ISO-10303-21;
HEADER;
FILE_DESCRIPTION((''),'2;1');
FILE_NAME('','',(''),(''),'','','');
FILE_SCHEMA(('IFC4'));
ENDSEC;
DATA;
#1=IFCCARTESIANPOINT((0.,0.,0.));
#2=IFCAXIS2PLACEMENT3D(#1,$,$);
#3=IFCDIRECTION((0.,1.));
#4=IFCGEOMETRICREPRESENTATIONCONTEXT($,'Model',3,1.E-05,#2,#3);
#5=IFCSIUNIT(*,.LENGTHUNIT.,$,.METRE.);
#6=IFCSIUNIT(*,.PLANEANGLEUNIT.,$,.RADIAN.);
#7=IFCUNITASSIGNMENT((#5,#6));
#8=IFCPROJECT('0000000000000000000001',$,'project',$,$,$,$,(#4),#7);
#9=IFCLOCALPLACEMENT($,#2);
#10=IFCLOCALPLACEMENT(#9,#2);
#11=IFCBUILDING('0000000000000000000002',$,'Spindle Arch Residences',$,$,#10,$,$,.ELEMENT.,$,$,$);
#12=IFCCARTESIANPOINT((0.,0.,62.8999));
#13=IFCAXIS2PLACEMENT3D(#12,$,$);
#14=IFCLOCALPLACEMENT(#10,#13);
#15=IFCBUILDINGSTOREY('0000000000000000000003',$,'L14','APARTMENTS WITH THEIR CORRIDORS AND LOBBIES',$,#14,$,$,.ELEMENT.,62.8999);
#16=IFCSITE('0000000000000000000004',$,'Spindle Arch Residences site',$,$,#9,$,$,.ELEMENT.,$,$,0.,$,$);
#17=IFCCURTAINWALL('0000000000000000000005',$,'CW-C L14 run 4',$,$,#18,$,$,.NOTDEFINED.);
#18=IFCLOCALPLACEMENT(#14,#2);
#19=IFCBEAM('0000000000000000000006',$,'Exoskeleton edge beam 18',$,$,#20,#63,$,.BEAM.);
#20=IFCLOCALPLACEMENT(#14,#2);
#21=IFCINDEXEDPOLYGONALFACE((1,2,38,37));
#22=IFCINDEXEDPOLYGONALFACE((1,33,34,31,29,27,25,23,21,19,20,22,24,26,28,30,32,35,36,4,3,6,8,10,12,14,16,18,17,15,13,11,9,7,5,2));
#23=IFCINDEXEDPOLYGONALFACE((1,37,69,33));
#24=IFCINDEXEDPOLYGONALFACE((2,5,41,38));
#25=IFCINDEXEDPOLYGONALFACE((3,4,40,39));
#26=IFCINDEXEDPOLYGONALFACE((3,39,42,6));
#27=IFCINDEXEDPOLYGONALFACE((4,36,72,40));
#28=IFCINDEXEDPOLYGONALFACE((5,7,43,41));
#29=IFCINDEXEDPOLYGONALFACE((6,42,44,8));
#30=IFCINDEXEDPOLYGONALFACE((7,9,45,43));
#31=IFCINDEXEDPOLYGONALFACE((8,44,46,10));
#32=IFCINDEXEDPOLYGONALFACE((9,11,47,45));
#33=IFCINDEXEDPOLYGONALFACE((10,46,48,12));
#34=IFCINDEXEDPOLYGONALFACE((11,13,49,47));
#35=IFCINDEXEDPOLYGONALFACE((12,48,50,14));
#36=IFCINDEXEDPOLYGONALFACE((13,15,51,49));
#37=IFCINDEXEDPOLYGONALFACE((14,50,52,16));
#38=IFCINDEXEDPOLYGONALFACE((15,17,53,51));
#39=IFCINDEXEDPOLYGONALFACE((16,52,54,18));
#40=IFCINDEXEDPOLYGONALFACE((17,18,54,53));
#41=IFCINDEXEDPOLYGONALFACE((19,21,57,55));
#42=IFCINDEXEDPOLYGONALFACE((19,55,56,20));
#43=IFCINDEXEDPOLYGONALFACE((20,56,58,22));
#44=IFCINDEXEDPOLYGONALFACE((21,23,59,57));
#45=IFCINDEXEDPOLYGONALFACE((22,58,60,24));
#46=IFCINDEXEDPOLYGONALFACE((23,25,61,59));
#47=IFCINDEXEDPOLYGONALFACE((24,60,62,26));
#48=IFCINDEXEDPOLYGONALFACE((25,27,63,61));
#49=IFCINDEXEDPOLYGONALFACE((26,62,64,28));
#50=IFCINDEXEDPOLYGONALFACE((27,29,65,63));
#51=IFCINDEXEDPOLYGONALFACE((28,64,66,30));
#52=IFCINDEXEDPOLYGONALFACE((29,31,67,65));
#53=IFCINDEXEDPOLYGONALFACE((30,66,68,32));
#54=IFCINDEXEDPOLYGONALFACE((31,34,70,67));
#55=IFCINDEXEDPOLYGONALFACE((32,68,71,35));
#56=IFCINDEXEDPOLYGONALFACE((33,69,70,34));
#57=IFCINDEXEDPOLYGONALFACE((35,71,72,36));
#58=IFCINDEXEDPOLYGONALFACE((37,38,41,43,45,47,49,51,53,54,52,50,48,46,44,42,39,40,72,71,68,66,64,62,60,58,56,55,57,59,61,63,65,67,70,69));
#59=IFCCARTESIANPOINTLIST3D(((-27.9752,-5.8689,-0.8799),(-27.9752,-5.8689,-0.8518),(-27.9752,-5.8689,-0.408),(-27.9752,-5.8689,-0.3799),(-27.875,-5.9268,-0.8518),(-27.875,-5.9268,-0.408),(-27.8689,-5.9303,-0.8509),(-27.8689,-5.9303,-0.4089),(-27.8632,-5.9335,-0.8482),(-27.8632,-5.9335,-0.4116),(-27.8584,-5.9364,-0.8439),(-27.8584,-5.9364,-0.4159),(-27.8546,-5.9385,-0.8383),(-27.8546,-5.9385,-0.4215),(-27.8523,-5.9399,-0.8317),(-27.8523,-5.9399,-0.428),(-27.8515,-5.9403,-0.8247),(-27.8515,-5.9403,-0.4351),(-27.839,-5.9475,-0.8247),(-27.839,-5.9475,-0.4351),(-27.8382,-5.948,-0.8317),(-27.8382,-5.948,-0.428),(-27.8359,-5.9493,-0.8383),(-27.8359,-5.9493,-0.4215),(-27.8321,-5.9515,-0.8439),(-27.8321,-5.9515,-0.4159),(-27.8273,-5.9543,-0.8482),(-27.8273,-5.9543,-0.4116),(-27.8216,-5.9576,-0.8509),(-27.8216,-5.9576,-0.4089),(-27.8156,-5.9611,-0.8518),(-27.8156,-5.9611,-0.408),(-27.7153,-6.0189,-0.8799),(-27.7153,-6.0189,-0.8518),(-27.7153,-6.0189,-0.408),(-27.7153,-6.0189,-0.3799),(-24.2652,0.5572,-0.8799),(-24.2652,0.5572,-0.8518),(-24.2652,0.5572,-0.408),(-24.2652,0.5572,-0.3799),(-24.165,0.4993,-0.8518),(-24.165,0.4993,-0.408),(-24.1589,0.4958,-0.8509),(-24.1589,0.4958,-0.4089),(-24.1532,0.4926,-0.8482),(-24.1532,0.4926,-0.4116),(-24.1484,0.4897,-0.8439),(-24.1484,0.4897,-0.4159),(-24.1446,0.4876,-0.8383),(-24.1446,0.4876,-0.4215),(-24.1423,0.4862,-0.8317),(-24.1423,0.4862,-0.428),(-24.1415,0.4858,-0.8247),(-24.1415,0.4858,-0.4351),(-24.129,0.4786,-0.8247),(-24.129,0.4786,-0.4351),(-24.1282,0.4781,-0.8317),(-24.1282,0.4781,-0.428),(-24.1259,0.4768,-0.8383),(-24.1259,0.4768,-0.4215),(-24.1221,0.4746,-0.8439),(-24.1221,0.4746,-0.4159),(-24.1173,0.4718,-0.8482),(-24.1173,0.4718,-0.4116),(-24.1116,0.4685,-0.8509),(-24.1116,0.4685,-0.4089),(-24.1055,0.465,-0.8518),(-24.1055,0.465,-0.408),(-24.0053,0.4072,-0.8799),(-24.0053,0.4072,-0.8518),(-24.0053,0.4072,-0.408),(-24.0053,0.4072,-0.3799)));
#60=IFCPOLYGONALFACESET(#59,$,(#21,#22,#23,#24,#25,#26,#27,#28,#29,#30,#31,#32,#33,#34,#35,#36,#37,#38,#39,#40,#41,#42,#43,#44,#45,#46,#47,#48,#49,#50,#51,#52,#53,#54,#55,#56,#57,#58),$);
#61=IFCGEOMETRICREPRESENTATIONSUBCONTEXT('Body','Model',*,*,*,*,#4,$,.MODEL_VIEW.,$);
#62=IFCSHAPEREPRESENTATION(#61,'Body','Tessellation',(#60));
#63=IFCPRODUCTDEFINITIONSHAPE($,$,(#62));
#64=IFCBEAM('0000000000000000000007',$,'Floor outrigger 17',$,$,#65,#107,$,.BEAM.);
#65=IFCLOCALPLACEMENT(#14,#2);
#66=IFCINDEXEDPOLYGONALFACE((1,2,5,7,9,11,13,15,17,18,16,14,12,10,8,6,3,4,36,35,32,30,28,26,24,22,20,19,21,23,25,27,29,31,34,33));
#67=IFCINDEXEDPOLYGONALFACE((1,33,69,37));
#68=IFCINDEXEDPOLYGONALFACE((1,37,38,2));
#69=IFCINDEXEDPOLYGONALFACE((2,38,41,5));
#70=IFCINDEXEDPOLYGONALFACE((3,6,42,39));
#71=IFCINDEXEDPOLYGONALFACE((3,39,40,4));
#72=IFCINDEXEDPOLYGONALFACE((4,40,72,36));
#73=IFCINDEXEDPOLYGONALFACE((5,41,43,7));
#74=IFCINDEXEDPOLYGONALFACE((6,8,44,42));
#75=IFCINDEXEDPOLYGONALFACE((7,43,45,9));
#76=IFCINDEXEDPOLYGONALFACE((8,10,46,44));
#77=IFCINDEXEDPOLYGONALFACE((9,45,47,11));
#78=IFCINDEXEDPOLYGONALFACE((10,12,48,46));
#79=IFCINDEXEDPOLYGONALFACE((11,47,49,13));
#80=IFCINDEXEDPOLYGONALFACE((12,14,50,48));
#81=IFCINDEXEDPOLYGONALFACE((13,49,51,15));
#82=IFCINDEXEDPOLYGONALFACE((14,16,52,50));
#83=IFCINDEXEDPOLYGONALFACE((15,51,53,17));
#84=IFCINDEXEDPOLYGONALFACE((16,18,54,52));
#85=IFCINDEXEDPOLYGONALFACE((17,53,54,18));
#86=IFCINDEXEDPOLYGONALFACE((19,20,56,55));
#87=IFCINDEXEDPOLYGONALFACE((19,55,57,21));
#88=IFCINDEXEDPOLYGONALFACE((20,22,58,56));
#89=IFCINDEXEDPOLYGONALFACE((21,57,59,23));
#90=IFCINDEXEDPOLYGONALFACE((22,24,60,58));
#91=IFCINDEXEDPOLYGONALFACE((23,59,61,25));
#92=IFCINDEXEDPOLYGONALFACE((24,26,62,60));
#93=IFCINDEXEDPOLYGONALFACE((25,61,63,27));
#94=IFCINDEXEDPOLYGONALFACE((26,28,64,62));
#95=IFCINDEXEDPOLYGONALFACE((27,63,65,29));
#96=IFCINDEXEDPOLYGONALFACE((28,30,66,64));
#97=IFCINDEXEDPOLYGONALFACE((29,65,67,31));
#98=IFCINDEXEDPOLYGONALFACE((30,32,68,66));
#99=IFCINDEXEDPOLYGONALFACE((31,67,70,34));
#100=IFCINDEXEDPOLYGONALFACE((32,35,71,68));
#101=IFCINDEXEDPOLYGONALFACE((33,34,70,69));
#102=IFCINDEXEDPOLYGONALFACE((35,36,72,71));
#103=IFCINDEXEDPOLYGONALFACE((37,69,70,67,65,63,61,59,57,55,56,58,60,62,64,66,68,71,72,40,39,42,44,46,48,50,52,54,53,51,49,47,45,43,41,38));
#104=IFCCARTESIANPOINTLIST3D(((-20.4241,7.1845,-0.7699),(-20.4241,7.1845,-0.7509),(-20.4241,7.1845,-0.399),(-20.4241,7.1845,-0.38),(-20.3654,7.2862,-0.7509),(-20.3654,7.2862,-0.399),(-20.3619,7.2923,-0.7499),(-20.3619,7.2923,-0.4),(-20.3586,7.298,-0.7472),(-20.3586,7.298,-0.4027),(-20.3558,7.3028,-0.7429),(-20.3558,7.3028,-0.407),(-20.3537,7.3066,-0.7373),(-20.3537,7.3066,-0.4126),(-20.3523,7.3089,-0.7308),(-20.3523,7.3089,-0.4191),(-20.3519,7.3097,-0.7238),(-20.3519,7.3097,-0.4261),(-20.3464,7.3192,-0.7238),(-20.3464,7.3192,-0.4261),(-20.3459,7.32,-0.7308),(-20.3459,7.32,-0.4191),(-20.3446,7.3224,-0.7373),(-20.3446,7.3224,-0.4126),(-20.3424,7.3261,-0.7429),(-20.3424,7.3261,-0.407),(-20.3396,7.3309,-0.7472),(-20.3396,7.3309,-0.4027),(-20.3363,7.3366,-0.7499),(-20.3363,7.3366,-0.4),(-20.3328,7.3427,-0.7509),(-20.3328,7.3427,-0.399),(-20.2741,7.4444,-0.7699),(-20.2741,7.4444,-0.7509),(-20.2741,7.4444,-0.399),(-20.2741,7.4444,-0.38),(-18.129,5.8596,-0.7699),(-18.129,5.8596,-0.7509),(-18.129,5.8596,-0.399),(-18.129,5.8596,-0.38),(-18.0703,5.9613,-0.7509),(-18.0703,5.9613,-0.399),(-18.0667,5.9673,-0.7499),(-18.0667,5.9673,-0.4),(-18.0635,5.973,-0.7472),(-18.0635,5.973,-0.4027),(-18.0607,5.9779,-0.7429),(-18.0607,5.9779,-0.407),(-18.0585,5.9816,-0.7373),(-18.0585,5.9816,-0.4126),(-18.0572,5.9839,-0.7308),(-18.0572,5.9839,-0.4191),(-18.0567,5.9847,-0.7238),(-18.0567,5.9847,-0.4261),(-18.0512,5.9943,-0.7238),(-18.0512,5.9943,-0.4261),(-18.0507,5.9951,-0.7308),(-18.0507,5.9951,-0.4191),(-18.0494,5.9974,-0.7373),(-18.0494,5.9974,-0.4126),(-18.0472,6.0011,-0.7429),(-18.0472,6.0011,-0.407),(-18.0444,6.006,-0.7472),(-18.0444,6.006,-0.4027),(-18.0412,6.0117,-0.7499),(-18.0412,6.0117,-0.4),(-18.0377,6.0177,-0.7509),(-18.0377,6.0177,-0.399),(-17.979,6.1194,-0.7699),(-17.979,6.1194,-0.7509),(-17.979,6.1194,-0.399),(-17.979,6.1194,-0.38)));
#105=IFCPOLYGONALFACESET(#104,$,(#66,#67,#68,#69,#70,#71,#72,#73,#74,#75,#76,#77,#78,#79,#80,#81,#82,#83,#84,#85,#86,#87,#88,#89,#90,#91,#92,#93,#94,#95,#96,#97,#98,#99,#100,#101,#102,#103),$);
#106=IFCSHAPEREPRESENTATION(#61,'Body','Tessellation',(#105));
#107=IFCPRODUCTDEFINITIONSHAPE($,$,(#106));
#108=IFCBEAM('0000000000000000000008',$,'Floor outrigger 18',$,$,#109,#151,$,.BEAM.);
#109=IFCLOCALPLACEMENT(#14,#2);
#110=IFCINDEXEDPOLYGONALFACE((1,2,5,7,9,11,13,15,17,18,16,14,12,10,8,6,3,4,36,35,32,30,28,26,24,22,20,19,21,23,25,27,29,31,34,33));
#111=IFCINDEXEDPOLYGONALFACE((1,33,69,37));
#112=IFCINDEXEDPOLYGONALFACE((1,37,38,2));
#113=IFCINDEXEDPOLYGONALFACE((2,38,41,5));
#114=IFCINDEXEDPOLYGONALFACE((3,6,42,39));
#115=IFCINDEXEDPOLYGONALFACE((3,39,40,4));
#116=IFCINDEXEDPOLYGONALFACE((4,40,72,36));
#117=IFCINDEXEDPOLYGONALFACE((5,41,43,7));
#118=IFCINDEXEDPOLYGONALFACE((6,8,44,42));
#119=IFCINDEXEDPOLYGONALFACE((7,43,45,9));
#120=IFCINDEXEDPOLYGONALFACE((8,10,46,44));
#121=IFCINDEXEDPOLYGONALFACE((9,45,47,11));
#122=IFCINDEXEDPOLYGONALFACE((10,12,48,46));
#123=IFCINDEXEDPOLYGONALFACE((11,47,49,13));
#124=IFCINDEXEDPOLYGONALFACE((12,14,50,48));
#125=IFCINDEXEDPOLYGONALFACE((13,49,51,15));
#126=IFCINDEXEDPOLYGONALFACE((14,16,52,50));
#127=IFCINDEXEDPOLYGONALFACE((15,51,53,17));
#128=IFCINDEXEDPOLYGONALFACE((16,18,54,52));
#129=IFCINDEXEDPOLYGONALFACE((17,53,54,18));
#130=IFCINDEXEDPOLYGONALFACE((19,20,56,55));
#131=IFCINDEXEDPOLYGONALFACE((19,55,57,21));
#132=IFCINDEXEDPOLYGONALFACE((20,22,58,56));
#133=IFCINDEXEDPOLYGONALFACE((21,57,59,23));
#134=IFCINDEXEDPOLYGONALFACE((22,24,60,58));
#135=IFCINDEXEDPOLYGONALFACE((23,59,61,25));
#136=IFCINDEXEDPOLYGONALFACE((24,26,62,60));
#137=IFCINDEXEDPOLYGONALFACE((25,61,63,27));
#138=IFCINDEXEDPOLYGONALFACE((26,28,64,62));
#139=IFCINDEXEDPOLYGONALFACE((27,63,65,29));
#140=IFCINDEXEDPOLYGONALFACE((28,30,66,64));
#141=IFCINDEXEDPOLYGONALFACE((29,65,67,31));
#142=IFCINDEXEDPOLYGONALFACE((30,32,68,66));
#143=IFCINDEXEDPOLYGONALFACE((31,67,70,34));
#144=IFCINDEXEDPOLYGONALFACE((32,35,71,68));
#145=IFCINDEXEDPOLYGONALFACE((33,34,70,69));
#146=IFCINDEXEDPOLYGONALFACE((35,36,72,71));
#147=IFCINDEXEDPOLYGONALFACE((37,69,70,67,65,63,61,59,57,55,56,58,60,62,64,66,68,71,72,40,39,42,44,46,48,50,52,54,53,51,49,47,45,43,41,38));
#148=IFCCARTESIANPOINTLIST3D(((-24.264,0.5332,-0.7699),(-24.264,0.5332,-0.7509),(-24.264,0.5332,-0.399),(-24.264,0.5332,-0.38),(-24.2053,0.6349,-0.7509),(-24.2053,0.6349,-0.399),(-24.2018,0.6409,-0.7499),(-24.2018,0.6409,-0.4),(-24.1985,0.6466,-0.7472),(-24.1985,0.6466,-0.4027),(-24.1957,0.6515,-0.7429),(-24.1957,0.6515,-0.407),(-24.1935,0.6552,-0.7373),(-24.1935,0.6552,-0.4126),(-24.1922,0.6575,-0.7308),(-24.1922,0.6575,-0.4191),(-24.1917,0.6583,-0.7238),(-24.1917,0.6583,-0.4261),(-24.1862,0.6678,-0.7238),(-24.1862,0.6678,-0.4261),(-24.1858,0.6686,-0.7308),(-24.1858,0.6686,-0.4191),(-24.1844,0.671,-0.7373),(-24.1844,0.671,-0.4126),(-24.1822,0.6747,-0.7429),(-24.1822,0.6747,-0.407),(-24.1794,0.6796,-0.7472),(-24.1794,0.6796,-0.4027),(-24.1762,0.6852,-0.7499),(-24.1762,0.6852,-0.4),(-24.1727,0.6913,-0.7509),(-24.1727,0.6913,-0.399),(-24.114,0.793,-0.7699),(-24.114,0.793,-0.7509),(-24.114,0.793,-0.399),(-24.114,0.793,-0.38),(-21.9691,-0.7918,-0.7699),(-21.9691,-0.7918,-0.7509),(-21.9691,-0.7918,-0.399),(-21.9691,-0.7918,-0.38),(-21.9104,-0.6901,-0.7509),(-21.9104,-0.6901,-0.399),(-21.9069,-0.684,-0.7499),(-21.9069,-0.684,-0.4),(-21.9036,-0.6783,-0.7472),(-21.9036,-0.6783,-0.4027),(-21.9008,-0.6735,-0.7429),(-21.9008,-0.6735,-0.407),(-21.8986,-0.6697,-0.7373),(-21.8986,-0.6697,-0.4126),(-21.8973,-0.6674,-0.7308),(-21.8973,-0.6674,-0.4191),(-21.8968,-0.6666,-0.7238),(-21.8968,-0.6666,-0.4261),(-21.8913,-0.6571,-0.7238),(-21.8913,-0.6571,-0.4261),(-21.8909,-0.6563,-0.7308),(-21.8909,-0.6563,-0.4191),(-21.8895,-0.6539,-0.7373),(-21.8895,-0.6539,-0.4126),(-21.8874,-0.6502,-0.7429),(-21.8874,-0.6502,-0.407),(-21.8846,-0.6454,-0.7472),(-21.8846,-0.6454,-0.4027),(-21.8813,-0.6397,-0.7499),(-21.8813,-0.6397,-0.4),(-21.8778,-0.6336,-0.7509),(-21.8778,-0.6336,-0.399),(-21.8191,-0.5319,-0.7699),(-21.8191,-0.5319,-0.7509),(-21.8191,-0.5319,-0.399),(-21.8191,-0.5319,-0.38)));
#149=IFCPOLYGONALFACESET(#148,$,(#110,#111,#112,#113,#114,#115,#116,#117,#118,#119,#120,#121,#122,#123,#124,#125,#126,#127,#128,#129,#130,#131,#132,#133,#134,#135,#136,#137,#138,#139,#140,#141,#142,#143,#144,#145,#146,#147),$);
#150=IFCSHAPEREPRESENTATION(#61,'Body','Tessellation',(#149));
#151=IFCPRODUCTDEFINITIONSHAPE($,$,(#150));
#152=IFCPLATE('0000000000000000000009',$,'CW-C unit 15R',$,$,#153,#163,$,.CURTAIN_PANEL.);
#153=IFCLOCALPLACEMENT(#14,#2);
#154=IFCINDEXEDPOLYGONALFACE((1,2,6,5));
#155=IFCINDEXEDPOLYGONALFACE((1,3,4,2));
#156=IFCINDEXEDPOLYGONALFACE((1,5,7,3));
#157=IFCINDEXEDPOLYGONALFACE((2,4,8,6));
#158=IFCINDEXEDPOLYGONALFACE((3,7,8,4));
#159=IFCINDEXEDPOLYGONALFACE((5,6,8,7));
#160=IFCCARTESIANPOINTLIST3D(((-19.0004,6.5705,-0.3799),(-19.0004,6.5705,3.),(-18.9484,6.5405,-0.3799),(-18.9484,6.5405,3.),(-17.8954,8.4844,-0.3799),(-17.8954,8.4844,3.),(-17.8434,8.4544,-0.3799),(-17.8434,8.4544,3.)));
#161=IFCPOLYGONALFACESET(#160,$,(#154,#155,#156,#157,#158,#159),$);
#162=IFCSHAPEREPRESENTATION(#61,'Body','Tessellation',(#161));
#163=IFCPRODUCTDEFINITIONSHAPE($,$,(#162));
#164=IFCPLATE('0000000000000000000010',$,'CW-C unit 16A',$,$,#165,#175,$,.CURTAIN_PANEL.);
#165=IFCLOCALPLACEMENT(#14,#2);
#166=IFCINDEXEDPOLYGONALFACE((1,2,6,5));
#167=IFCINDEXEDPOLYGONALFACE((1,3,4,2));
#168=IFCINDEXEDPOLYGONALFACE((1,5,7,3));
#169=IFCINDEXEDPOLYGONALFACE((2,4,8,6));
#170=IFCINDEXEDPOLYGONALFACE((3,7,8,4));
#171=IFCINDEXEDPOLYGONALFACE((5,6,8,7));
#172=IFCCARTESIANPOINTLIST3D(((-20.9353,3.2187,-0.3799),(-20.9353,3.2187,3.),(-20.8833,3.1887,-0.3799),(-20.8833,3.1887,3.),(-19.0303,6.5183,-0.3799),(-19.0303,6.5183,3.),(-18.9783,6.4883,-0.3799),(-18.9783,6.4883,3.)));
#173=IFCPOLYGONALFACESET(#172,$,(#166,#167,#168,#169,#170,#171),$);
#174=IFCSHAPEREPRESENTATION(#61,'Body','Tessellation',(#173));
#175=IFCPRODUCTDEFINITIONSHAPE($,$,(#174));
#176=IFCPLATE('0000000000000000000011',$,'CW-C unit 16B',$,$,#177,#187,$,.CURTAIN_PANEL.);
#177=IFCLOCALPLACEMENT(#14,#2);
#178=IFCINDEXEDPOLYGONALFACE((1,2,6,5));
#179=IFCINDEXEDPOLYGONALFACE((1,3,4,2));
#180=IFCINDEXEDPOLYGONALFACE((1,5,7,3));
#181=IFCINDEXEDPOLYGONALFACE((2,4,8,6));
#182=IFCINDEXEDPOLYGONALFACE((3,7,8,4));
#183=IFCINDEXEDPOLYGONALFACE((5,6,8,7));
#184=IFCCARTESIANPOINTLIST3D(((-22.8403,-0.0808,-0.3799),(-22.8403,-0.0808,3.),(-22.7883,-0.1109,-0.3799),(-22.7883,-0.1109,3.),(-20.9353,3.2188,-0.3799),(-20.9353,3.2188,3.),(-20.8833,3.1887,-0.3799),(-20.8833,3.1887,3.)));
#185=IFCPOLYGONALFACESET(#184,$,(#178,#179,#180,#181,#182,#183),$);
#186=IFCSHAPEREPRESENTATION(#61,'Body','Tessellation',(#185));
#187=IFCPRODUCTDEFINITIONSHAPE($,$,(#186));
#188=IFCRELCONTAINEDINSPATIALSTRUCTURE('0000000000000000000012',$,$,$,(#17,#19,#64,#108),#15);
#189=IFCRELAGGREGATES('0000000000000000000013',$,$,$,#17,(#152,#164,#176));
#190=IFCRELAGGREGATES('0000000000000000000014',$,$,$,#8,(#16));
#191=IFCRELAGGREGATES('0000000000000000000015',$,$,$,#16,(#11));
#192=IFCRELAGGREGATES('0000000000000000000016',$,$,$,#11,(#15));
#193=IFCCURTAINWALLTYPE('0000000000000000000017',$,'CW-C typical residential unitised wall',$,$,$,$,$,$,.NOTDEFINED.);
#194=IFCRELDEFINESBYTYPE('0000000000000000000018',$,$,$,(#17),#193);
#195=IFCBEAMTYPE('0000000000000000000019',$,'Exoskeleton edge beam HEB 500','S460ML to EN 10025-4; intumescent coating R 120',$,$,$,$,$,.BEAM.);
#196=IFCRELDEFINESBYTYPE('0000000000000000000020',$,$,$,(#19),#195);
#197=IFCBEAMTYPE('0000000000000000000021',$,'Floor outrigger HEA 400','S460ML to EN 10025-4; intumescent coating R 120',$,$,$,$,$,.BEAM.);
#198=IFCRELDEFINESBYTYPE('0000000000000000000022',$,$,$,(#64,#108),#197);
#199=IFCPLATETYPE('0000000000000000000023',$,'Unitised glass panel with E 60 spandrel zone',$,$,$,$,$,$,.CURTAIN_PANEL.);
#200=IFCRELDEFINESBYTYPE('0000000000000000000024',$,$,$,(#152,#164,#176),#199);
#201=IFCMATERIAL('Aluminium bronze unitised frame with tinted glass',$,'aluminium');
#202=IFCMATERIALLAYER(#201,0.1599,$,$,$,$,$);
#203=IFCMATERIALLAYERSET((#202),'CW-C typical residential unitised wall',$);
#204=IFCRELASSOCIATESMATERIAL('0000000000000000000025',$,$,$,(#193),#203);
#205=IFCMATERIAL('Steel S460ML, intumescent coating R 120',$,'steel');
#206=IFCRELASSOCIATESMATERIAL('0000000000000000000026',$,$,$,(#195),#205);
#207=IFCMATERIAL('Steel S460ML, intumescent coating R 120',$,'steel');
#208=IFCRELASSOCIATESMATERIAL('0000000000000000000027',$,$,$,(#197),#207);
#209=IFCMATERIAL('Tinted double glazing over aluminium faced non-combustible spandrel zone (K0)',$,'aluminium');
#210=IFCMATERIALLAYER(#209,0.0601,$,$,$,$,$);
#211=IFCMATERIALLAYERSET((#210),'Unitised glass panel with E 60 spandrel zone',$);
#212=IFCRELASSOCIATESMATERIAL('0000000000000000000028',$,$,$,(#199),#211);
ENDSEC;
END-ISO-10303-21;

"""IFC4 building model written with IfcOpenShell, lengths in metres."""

from ifc_helpers import new_model, si_unit, direction, frame, origin, origin_2d, place, context, subcontext, project, spatial, rectangle, i_section, extrude, material, layer, layer_set, material_profile, profile_set, type_object, element, aggregate, save


model = new_model("IFC4")

# Units and contexts
model_context = context("Model", 3, precision=1e-05, world=origin(), true_north=direction((0.0, 1.0)))
body_context = subcontext(model_context, "Body", "Model", "MODEL_VIEW")
ifc_project = project(units=[si_unit("LENGTHUNIT", "METRE"), si_unit("PLANEANGLEUNIT", "RADIAN")], contexts=[model_context])

# Site, building, storey
site_placement = place(None, origin())
site = spatial("IfcSite", under=ifc_project, at=site_placement, Name="Spindle Arch Residences site", CompositionType="ELEMENT", RefElevation=0.0)
building_placement = place(site_placement, origin())
building = spatial("IfcBuilding", under=site, at=building_placement, Name="Spindle Arch Residences", CompositionType="ELEMENT")
storey_placement = place(building_placement, frame((0.0, 0.0, 62.8999)))
storey = spatial("IfcBuildingStorey", under=building, at=storey_placement, Name="L14", Description="APARTMENTS WITH THEIR CORRIDORS AND LOBBIES", CompositionType="ELEMENT", Elevation=62.8999)

# Curtain wall
ifc_material_1 = material(Name="Aluminium bronze unitised frame with tinted glass", Category="aluminium")
ifc_layer_1 = layer(ifc_material_1, 0.1599)
ifc_layer_set_1 = layer_set([ifc_layer_1], Name="CW-C typical residential unitised wall")
curtain_wall_type = type_object("IfcCurtainWallType", Name="CW-C typical residential unitised wall", PredefinedType="NOTDEFINED", material=ifc_layer_set_1)
curtain_wall_placement = place(storey_placement, origin())
curtain_wall = element("IfcCurtainWall", 1, at=curtain_wall_placement, inside=storey, type_object=curtain_wall_type, Name="CW-C L14 run 4", PredefinedType="NOTDEFINED")

# Beams
ifc_material_2 = material(Name="Steel S460ML, intumescent coating R 120", Category="steel")
ifc_material_profile_1 = material_profile(ifc_material_2, i_section(OverallWidth=0.3, OverallDepth=0.5, WebThickness=0.0144, FlangeThickness=0.0281, FilletRadius=0.0271, at=origin_2d()), Name="HEB 500")
ifc_profile_set_1 = profile_set([ifc_material_profile_1], Name="Steel S460ML, intumescent coating R 120")
beam_type_1 = type_object("IfcBeamType", Name="Exoskeleton edge beam HEB 500", Description="S460ML to EN 10025-4; intumescent coating R 120", PredefinedType="BEAM", material=ifc_profile_set_1)
for number, where, z_axis, x_axis, name in (
    (2, (-24.1353, 0.4822, -0.6299), (-0.499989, -0.866032, 0.0), (0.866032, -0.499989, 0.0), "Exoskeleton edge beam 18"),
):
    element("IfcBeam", number, at=place(storey_placement, frame(where, z_axis=z_axis, x_axis=x_axis)), inside=storey, type_object=beam_type_1, Name=name, PredefinedType="BEAM", context=body_context, shape_type="SweptSolid", body=[
        extrude(i_section(OverallWidth=0.3, OverallDepth=0.5, WebThickness=0.0144, FlangeThickness=0.0281, FilletRadius=0.0271, at=origin_2d()), origin(), (0.0, 0.0, 1.0), 7.4202),
    ])
ifc_material_3 = material(Name="Steel S460ML, intumescent coating R 120", Category="steel")
ifc_material_profile_2 = material_profile(ifc_material_3, i_section(OverallWidth=0.3, OverallDepth=0.3899, WebThickness=0.011, FlangeThickness=0.019, FilletRadius=0.0271, at=origin_2d()), Name="HEA 400")
ifc_profile_set_2 = profile_set([ifc_material_profile_2], Name="Steel S460ML, intumescent coating R 120")
beam_type_2 = type_object("IfcBeamType", Name="Floor outrigger HEA 400", Description="S460ML to EN 10025-4; intumescent coating R 120", PredefinedType="BEAM", material=ifc_profile_set_2)
beam_1_placement = place(storey_placement, frame((-20.3491, 7.3145, -0.575), z_axis=(0.866052, -0.499954, 0.0), x_axis=(0.499954, 0.866052, 0.0)))
element("IfcBeam", 3, at=beam_1_placement, inside=storey, type_object=beam_type_2, Name="Floor outrigger 17", PredefinedType="BEAM", context=body_context, shape_type="SweptSolid", body=[
    extrude(i_section(OverallWidth=0.3, OverallDepth=0.3899, WebThickness=0.011, FlangeThickness=0.019, FilletRadius=0.0271, at=origin_2d()), origin(), (0.0, 0.0, 1.0), 2.6501),
])
beam_2_placement = place(storey_placement, frame((-24.189, 0.6631, -0.575), z_axis=(0.866029, -0.499994, 0.0), x_axis=(0.499994, 0.866029, 0.0)))
element("IfcBeam", 4, at=beam_2_placement, inside=storey, type_object=beam_type_2, Name="Floor outrigger 18", PredefinedType="BEAM", context=body_context, shape_type="SweptSolid", body=[
    extrude(i_section(OverallWidth=0.3, OverallDepth=0.3899, WebThickness=0.011, FlangeThickness=0.019, FilletRadius=0.0271, at=origin_2d()), origin(), (0.0, 0.0, 1.0), 2.6499),
])

# Plates
ifc_material_4 = material(Name="Tinted double glazing over aluminium faced non-combustible spandrel zone (K0)", Category="aluminium")
ifc_layer_2 = layer(ifc_material_4, 0.0601)
ifc_layer_set_2 = layer_set([ifc_layer_2], Name="Unitised glass panel with E 60 spandrel zone")
plate_type = type_object("IfcPlateType", Name="Unitised glass panel with E 60 spandrel zone", PredefinedType="CURTAIN_PANEL", material=ifc_layer_set_2)
plate_1_placement = place(storey_placement, frame((-18.4219, 7.5125, -0.3799), z_axis=(0.0, 0.0, 1.0), x_axis=(-0.5, -0.866025, 0.0)))
plate_1 = element("IfcPlate", 5, at=plate_1_placement, type_object=plate_type, Name="CW-C unit 15R", PredefinedType="CURTAIN_PANEL", context=body_context, shape_type="SweptSolid", body=[
    extrude(rectangle(XDim=2.21, YDim=0.0601, at=origin_2d()), origin(), (0.0, 0.0, 1.0), 3.3799),
])
plate_2_placement = place(storey_placement, frame((-19.9568, 4.8535, -0.3799), z_axis=(0.0, 0.0, 1.0), x_axis=(-0.5, -0.866025, 0.0)))
plate_2 = element("IfcPlate", 6, at=plate_2_placement, type_object=plate_type, Name="CW-C unit 16A", PredefinedType="CURTAIN_PANEL", context=body_context, shape_type="SweptSolid", body=[
    extrude(rectangle(XDim=3.8101, YDim=0.0601, at=origin_2d()), origin(), (0.0, 0.0, 1.0), 3.3799),
])
plate_3_placement = place(storey_placement, frame((-21.8618, 1.554, -0.3799), z_axis=(0.0, 0.0, 1.0), x_axis=(-0.5, -0.866025, 0.0)))
plate_3 = element("IfcPlate", 7, at=plate_3_placement, type_object=plate_type, Name="CW-C unit 16B", PredefinedType="CURTAIN_PANEL", context=body_context, shape_type="SweptSolid", body=[
    extrude(rectangle(XDim=3.8101, YDim=0.0601, at=origin_2d()), origin(), (0.0, 0.0, 1.0), 3.3799),
])
aggregate(curtain_wall, [plate_1, plate_2, plate_3])

save(model, "model.ifc")
